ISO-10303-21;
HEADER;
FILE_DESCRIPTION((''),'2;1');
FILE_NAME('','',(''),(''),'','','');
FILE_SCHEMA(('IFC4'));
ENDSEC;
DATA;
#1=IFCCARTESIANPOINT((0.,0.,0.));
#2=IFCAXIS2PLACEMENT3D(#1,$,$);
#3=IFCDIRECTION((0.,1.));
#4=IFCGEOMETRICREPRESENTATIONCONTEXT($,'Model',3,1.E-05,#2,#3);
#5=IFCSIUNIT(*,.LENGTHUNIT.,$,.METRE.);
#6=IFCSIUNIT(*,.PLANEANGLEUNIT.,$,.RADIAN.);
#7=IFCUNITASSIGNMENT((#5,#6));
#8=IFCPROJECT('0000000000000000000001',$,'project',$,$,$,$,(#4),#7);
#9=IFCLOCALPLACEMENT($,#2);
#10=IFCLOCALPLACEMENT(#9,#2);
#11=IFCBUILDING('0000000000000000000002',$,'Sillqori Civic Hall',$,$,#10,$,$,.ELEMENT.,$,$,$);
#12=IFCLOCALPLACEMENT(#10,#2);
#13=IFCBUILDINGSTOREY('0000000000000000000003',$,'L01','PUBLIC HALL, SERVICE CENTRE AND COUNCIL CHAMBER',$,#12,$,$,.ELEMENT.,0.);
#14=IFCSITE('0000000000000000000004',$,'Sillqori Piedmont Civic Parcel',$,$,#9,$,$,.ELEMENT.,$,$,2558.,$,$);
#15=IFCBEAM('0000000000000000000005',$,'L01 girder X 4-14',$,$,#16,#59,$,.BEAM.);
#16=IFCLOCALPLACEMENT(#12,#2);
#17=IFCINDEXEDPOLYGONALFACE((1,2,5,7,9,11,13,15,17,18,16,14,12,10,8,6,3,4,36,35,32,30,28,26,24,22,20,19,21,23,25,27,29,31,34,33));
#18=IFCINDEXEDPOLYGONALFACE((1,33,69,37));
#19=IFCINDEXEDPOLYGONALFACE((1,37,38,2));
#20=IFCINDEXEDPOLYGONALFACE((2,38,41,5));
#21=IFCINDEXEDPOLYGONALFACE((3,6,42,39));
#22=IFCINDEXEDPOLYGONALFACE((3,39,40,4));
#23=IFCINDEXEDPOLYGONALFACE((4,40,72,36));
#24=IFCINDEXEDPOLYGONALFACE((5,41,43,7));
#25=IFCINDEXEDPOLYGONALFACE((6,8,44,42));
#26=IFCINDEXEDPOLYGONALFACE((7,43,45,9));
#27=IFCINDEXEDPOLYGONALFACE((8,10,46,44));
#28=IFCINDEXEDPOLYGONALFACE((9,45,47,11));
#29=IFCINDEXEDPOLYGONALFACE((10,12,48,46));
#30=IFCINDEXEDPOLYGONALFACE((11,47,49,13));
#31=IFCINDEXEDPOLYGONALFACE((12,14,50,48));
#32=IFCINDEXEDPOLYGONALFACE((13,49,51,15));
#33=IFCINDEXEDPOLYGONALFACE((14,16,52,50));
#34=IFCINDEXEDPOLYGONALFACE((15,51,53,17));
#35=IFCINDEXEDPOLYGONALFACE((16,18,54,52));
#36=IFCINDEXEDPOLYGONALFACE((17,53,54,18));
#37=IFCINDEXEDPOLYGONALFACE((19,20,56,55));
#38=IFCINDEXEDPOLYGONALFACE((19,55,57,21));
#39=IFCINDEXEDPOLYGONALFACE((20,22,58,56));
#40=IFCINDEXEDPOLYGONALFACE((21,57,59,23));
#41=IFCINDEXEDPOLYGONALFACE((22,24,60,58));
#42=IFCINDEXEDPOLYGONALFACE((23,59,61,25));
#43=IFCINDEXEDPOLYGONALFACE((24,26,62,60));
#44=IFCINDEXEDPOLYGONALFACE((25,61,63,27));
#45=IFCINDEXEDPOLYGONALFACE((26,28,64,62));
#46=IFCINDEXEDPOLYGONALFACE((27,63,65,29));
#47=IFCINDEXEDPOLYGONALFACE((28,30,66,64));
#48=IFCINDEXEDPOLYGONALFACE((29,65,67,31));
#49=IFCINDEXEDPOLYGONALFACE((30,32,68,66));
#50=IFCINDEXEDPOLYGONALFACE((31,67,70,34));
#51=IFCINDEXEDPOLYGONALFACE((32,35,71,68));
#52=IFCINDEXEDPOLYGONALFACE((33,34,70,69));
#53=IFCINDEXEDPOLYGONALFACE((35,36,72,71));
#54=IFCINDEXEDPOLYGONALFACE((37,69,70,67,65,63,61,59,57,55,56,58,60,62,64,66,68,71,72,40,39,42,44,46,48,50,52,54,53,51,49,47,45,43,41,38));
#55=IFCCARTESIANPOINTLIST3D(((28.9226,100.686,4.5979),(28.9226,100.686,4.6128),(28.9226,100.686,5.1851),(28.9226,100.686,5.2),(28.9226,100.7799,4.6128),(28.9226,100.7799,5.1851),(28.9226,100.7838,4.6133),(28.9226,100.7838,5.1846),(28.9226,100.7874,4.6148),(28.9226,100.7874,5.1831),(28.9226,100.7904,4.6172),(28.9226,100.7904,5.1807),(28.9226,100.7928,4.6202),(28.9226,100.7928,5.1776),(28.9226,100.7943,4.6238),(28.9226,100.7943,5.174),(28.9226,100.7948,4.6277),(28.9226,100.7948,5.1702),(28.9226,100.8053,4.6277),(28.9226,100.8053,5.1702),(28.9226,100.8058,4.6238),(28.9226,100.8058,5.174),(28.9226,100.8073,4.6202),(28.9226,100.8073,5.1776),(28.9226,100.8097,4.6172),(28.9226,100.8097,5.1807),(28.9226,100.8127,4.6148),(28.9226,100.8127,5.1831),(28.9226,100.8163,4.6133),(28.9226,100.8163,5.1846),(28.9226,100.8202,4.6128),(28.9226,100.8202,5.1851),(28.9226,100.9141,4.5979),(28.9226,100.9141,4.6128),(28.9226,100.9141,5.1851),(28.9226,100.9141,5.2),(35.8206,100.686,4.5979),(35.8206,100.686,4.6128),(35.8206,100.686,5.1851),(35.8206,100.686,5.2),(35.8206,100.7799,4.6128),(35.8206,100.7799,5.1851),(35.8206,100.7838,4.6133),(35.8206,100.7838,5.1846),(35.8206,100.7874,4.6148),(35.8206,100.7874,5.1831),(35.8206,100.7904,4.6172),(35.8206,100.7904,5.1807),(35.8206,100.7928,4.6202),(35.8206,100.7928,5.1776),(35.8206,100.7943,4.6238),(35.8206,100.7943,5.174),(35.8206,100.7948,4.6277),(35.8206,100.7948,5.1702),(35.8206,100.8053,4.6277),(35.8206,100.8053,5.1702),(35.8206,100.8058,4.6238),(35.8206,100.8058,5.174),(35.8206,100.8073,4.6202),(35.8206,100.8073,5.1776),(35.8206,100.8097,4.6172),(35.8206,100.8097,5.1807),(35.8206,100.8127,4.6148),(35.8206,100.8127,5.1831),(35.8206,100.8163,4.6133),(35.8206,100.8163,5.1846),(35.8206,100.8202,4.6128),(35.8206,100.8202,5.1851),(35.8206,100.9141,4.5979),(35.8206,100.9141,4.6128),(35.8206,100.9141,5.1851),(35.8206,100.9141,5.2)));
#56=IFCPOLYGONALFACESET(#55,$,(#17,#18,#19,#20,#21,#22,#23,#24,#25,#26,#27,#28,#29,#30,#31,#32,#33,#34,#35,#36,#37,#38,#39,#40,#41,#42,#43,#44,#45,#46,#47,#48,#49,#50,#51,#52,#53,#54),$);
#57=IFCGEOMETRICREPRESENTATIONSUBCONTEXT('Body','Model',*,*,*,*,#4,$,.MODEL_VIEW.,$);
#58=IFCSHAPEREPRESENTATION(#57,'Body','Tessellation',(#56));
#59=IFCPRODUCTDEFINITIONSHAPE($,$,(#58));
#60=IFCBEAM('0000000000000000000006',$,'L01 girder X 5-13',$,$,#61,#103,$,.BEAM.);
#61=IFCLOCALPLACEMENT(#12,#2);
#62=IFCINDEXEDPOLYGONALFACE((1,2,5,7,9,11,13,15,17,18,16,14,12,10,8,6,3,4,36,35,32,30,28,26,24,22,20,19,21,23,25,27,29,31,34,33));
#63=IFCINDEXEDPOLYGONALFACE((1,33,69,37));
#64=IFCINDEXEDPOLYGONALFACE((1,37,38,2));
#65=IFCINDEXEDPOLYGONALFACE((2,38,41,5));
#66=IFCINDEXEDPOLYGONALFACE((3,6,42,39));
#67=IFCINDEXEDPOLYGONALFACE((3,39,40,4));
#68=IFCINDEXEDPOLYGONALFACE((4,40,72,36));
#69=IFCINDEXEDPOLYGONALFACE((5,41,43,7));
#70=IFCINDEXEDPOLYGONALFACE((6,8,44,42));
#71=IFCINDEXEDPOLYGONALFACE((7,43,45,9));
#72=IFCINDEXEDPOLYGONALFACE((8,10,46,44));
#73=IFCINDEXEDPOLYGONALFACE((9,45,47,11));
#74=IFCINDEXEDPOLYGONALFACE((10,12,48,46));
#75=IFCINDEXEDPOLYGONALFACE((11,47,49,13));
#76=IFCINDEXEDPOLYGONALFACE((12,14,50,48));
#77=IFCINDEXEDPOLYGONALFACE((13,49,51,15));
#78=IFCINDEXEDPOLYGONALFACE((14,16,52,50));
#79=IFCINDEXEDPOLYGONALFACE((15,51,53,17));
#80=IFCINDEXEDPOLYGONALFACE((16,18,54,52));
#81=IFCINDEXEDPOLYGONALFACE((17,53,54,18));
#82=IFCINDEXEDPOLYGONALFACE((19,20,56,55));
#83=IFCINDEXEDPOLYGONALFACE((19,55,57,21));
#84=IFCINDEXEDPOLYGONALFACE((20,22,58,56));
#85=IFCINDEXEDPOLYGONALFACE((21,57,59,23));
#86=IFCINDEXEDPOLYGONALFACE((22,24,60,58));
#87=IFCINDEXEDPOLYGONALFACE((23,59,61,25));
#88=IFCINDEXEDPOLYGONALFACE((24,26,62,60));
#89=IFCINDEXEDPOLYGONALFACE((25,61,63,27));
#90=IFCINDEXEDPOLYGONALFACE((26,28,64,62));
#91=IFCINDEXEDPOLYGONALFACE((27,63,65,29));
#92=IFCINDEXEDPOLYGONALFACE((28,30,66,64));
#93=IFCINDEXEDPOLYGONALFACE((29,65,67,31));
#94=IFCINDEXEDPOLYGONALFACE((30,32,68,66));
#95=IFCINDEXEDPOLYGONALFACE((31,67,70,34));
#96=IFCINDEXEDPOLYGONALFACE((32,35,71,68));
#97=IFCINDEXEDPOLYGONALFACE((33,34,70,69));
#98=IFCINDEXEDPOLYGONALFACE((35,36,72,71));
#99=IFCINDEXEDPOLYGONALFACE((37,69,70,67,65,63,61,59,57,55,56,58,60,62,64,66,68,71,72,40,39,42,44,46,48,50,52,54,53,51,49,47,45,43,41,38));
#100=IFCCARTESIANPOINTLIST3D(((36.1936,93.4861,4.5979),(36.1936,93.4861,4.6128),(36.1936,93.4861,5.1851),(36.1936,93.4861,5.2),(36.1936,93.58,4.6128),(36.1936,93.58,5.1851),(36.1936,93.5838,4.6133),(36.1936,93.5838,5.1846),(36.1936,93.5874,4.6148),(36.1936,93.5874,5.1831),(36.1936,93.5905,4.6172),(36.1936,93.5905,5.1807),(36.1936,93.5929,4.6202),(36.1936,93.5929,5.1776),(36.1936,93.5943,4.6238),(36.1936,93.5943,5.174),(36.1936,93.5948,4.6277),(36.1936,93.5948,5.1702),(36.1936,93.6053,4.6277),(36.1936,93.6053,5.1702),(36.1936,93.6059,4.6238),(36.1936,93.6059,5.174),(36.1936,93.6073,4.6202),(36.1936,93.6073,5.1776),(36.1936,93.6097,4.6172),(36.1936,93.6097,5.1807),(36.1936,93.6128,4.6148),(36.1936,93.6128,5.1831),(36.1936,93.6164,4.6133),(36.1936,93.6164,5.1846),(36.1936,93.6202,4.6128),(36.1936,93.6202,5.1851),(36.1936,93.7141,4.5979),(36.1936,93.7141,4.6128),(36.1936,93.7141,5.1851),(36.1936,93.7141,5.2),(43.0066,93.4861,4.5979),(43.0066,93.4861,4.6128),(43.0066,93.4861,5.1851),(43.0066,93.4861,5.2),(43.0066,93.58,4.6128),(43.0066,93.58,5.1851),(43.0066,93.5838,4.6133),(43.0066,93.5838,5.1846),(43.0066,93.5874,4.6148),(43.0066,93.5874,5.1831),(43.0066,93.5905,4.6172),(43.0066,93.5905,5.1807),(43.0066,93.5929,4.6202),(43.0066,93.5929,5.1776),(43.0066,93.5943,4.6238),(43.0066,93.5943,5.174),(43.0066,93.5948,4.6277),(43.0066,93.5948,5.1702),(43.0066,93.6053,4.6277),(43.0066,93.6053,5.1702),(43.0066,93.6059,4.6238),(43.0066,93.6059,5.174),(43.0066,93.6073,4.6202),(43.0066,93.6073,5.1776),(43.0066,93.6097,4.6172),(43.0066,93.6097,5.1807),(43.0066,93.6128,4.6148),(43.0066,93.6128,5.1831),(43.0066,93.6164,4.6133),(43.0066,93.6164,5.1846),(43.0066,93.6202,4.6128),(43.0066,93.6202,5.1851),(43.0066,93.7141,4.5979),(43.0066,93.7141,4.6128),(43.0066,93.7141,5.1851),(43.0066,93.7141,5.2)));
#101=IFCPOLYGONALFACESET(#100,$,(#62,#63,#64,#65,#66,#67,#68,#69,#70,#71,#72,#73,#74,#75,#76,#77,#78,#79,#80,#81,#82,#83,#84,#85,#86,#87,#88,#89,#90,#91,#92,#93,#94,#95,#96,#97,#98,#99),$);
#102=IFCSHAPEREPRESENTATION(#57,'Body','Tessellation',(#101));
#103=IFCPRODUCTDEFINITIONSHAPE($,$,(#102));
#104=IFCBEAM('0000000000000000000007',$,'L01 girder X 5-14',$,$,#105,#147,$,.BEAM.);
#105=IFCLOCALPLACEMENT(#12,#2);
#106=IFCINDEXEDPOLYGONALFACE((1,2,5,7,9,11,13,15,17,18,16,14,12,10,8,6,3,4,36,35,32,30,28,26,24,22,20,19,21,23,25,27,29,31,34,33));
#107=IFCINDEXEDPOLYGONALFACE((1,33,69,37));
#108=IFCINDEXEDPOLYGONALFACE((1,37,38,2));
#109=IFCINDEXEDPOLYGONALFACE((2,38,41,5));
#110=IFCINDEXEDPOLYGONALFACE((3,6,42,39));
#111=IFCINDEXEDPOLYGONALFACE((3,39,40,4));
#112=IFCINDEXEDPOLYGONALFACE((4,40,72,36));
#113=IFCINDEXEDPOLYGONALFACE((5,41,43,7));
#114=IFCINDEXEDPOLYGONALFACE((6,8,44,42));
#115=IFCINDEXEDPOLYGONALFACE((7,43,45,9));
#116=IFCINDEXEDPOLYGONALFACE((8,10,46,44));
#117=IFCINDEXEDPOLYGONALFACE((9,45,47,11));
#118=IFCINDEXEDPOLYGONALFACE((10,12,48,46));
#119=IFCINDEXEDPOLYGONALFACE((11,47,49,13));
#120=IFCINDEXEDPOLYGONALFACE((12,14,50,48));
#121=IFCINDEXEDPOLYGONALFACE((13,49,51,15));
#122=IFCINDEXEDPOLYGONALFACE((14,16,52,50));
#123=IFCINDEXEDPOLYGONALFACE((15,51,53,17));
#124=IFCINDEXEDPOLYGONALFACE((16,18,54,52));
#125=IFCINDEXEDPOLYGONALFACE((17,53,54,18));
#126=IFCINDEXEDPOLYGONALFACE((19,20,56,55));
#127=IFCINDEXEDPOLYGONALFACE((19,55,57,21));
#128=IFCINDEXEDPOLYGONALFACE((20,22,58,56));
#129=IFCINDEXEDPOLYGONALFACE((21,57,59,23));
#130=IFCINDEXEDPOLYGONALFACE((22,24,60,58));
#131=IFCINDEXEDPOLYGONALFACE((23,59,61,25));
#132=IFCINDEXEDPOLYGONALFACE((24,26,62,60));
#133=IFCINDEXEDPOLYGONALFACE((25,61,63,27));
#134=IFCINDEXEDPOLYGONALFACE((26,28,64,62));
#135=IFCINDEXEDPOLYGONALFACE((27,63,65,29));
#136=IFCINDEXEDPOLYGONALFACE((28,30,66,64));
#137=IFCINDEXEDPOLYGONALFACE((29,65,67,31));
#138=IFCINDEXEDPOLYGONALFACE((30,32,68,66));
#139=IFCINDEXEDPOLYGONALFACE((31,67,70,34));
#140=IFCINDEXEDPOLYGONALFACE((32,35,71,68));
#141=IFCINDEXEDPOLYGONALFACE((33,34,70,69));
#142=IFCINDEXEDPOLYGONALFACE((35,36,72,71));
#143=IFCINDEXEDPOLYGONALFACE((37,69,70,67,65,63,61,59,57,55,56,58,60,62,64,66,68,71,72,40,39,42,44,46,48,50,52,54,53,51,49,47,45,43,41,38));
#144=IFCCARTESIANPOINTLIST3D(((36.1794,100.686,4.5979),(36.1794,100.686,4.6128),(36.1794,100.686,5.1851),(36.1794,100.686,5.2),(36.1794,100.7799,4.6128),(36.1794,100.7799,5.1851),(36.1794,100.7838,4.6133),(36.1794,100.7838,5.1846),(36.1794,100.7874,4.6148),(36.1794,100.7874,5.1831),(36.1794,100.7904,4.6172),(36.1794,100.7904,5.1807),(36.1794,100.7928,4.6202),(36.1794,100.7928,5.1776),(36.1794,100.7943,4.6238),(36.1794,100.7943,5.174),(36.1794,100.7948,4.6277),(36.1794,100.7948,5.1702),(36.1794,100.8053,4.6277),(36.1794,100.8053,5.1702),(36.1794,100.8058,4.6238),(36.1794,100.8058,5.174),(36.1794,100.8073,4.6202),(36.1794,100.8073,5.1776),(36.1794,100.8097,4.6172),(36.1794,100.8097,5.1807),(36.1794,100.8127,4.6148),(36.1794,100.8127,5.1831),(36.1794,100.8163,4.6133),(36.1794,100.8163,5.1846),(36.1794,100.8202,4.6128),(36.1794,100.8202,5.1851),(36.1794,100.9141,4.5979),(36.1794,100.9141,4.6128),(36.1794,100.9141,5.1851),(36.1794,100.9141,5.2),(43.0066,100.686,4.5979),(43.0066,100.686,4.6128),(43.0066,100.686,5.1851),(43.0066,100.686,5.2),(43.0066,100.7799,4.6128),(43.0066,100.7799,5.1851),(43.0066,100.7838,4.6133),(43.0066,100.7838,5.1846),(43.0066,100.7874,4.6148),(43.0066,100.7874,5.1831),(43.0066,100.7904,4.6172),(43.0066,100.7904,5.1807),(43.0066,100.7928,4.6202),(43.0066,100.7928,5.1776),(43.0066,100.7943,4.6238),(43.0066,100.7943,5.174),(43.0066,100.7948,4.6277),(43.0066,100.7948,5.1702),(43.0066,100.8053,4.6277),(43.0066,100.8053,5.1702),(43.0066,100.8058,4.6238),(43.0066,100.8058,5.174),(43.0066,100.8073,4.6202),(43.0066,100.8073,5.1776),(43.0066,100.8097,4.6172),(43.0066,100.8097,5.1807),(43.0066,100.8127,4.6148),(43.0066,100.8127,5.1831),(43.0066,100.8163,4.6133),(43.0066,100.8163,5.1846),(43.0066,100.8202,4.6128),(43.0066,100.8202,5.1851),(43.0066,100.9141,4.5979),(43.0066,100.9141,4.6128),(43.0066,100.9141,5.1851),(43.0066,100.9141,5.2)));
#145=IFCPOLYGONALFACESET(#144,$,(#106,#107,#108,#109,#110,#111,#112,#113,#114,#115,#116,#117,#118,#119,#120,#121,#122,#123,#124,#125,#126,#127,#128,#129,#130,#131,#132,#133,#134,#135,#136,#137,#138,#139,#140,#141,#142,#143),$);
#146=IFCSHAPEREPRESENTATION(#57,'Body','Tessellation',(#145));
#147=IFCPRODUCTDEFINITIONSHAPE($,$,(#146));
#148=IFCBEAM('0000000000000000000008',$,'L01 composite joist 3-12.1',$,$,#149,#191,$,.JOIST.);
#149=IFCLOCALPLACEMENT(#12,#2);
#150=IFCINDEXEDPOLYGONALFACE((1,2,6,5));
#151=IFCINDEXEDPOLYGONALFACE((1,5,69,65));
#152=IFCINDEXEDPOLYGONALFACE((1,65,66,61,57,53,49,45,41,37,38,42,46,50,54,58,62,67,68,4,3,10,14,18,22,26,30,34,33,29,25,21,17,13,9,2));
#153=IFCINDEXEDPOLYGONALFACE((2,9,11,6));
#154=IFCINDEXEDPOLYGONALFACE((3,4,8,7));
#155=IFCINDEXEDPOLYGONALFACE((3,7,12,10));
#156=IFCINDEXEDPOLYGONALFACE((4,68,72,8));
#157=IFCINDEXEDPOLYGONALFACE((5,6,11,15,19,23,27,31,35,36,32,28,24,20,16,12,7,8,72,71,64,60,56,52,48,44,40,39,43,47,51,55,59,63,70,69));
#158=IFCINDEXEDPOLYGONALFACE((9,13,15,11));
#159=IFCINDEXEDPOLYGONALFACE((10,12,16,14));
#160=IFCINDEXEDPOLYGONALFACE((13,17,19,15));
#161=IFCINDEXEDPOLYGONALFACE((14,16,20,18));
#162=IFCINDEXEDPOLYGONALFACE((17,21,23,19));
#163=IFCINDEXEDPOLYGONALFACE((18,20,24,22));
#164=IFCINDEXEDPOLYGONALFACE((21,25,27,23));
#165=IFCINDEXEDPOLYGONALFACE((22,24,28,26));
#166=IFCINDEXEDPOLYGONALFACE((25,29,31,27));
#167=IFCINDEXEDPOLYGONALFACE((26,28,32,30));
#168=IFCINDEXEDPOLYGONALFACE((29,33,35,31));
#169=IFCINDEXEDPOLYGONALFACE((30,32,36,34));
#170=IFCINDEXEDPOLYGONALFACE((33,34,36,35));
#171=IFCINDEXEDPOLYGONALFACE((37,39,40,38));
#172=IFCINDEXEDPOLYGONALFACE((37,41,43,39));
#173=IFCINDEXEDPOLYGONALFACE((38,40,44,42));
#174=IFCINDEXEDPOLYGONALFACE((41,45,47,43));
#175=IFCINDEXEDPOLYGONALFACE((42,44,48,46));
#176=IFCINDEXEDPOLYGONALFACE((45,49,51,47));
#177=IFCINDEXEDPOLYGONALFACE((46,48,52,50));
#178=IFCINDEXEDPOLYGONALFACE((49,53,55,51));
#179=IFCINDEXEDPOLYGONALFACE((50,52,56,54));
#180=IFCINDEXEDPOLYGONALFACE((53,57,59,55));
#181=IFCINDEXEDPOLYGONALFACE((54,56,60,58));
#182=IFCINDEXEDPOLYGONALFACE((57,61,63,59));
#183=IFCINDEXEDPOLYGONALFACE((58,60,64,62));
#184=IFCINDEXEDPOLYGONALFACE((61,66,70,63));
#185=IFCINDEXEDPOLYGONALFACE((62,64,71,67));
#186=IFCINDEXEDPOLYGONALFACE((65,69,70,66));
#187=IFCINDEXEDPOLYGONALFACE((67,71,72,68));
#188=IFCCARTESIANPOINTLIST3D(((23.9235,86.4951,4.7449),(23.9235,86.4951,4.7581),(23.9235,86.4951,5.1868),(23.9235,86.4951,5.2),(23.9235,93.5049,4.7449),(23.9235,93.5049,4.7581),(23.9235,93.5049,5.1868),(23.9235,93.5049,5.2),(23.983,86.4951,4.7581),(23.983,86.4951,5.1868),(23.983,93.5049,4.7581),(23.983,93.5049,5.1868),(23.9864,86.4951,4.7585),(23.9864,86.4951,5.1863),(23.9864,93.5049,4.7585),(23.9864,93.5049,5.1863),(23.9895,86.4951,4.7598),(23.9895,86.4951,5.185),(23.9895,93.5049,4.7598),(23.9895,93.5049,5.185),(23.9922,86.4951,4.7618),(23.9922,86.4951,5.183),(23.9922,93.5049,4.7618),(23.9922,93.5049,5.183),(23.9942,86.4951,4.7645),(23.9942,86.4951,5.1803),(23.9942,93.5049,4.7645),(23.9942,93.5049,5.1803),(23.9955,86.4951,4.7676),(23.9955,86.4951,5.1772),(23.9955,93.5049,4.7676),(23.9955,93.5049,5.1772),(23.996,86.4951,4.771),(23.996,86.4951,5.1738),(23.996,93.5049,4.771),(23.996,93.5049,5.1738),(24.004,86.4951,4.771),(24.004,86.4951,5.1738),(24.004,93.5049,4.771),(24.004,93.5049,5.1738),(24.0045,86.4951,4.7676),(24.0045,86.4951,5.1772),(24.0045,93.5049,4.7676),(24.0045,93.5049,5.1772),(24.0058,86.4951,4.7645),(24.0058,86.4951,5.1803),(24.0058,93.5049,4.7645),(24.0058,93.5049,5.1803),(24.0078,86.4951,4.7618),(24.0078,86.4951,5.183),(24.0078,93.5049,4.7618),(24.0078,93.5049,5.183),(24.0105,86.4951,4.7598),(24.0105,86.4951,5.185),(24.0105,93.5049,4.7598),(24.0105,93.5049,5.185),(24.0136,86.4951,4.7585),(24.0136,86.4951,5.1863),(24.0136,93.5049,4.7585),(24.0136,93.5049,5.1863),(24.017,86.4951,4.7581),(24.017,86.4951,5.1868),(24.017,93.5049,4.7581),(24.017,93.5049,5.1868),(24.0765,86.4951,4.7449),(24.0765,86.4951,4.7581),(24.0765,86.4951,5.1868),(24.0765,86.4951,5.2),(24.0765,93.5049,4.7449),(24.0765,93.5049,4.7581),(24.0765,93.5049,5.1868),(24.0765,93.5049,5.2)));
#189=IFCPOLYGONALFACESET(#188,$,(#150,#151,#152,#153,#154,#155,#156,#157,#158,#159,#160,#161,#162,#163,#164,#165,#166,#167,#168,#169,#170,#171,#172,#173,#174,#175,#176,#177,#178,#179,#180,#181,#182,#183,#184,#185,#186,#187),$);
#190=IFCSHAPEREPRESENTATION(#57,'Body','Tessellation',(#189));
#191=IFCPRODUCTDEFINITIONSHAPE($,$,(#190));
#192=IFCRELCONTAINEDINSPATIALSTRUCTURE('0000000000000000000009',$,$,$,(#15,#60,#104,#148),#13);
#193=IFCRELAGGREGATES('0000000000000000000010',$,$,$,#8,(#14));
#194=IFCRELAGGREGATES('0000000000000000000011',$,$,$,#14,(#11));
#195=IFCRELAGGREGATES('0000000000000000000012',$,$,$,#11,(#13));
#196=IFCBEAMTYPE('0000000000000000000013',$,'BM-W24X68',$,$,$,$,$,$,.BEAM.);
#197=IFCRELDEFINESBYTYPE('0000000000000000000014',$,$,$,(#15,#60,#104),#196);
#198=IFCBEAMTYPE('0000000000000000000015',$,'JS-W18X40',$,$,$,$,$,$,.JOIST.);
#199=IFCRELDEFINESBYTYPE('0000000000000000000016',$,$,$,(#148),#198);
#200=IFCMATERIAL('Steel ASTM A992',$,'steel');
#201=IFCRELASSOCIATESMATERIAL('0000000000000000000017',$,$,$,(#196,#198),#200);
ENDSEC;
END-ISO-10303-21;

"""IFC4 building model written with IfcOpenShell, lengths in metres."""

from ifc_helpers import new_model, si_unit, direction, frame, origin, origin_2d, place, context, subcontext, project, spatial, i_section, extrude, material, material_profile, profile_set, type_object, element, save


model = new_model("IFC4")

# Units and contexts
model_context = context("Model", 3, precision=1e-05, world=origin(), true_north=direction((0.0, 1.0)))
body_context = subcontext(model_context, "Body", "Model", "MODEL_VIEW")
ifc_project = project(units=[si_unit("LENGTHUNIT", "METRE"), si_unit("PLANEANGLEUNIT", "RADIAN")], contexts=[model_context])

# Site, building, storey
site_placement = place(None, origin())
site = spatial("IfcSite", under=ifc_project, at=site_placement, Name="Sillqori Piedmont Civic Parcel", CompositionType="ELEMENT", RefElevation=2558.0)
building_placement = place(site_placement, origin())
building = spatial("IfcBuilding", under=site, at=building_placement, Name="Sillqori Civic Hall", CompositionType="ELEMENT")
storey_placement = place(building_placement, origin())
storey = spatial("IfcBuildingStorey", under=building, at=storey_placement, Name="L01", Description="PUBLIC HALL, SERVICE CENTRE AND COUNCIL CHAMBER", CompositionType="ELEMENT", Elevation=0.0)

# Shared definitions
ifc_material_1 = material(Name="Steel ASTM A992", Category="steel")

# Beams
ifc_material_profile_1 = material_profile(ifc_material_1, i_section(OverallWidth=0.228, OverallDepth=0.6021, WebThickness=0.0105, FlangeThickness=0.0149, FilletRadius=0.0149, at=origin_2d()), Name="W24X68")
ifc_profile_set_1 = profile_set([ifc_material_profile_1], Name="Steel ASTM A992")
beam_type_1 = type_object("IfcBeamType", Name="BM-W24X68", PredefinedType="BEAM", material=ifc_profile_set_1)
beam_1_placement = place(storey_placement, frame((28.9226, 100.8, 4.8989), z_axis=(1.0, 0.0, 0.0), x_axis=(0.0, 1.0, 0.0)))
element("IfcBeam", 1, at=beam_1_placement, inside=storey, type_object=beam_type_1, Name="L01 girder X 4-14", PredefinedType="BEAM", context=body_context, shape_type="SweptSolid", body=[
    extrude(i_section(OverallWidth=0.228, OverallDepth=0.6021, WebThickness=0.0105, FlangeThickness=0.0149, FilletRadius=0.0149, at=origin_2d()), origin(), (0.0, 0.0, 1.0), 6.8979),
])
beam_2_placement = place(storey_placement, frame((36.1936, 93.6001, 4.8989), z_axis=(1.0, 0.0, 0.0), x_axis=(0.0, 1.0, 0.0)))
element("IfcBeam", 2, at=beam_2_placement, inside=storey, type_object=beam_type_1, Name="L01 girder X 5-13", PredefinedType="BEAM", context=body_context, shape_type="SweptSolid", body=[
    extrude(i_section(OverallWidth=0.228, OverallDepth=0.6021, WebThickness=0.0105, FlangeThickness=0.0149, FilletRadius=0.0149, at=origin_2d()), origin(), (0.0, 0.0, 1.0), 6.813),
])
beam_3_placement = place(storey_placement, frame((36.1794, 100.8, 4.8989), z_axis=(1.0, 0.0, 0.0), x_axis=(0.0, 1.0, 0.0)))
element("IfcBeam", 3, at=beam_3_placement, inside=storey, type_object=beam_type_1, Name="L01 girder X 5-14", PredefinedType="BEAM", context=body_context, shape_type="SweptSolid", body=[
    extrude(i_section(OverallWidth=0.228, OverallDepth=0.6021, WebThickness=0.0105, FlangeThickness=0.0149, FilletRadius=0.0149, at=origin_2d()), origin(), (0.0, 0.0, 1.0), 6.8271),
])
ifc_material_profile_2 = material_profile(ifc_material_1, i_section(OverallWidth=0.1531, OverallDepth=0.4551, WebThickness=0.0081, FlangeThickness=0.0132, FilletRadius=0.0129, at=origin_2d()), Name="W18X40")
ifc_profile_set_2 = profile_set([ifc_material_profile_2], Name="Steel ASTM A992")
beam_type_2 = type_object("IfcBeamType", Name="JS-W18X40", PredefinedType="JOIST", material=ifc_profile_set_2)
for number, where, z_axis, x_axis, name in (
    (4, (24.0, 86.4951, 4.9724), (0.0, 1.0, 0.0), (-1.0, 0.0, 0.0), "L01 composite joist 3-12.1"),
):
    element("IfcBeam", number, at=place(storey_placement, frame(where, z_axis=z_axis, x_axis=x_axis)), inside=storey, type_object=beam_type_2, Name=name, PredefinedType="JOIST", context=body_context, shape_type="SweptSolid", body=[
        extrude(i_section(OverallWidth=0.1531, OverallDepth=0.4551, WebThickness=0.0081, FlangeThickness=0.0132, FilletRadius=0.0129, at=origin_2d()), origin(), (0.0, 0.0, 1.0), 7.0098),
    ])

save(model, "model.ifc")
